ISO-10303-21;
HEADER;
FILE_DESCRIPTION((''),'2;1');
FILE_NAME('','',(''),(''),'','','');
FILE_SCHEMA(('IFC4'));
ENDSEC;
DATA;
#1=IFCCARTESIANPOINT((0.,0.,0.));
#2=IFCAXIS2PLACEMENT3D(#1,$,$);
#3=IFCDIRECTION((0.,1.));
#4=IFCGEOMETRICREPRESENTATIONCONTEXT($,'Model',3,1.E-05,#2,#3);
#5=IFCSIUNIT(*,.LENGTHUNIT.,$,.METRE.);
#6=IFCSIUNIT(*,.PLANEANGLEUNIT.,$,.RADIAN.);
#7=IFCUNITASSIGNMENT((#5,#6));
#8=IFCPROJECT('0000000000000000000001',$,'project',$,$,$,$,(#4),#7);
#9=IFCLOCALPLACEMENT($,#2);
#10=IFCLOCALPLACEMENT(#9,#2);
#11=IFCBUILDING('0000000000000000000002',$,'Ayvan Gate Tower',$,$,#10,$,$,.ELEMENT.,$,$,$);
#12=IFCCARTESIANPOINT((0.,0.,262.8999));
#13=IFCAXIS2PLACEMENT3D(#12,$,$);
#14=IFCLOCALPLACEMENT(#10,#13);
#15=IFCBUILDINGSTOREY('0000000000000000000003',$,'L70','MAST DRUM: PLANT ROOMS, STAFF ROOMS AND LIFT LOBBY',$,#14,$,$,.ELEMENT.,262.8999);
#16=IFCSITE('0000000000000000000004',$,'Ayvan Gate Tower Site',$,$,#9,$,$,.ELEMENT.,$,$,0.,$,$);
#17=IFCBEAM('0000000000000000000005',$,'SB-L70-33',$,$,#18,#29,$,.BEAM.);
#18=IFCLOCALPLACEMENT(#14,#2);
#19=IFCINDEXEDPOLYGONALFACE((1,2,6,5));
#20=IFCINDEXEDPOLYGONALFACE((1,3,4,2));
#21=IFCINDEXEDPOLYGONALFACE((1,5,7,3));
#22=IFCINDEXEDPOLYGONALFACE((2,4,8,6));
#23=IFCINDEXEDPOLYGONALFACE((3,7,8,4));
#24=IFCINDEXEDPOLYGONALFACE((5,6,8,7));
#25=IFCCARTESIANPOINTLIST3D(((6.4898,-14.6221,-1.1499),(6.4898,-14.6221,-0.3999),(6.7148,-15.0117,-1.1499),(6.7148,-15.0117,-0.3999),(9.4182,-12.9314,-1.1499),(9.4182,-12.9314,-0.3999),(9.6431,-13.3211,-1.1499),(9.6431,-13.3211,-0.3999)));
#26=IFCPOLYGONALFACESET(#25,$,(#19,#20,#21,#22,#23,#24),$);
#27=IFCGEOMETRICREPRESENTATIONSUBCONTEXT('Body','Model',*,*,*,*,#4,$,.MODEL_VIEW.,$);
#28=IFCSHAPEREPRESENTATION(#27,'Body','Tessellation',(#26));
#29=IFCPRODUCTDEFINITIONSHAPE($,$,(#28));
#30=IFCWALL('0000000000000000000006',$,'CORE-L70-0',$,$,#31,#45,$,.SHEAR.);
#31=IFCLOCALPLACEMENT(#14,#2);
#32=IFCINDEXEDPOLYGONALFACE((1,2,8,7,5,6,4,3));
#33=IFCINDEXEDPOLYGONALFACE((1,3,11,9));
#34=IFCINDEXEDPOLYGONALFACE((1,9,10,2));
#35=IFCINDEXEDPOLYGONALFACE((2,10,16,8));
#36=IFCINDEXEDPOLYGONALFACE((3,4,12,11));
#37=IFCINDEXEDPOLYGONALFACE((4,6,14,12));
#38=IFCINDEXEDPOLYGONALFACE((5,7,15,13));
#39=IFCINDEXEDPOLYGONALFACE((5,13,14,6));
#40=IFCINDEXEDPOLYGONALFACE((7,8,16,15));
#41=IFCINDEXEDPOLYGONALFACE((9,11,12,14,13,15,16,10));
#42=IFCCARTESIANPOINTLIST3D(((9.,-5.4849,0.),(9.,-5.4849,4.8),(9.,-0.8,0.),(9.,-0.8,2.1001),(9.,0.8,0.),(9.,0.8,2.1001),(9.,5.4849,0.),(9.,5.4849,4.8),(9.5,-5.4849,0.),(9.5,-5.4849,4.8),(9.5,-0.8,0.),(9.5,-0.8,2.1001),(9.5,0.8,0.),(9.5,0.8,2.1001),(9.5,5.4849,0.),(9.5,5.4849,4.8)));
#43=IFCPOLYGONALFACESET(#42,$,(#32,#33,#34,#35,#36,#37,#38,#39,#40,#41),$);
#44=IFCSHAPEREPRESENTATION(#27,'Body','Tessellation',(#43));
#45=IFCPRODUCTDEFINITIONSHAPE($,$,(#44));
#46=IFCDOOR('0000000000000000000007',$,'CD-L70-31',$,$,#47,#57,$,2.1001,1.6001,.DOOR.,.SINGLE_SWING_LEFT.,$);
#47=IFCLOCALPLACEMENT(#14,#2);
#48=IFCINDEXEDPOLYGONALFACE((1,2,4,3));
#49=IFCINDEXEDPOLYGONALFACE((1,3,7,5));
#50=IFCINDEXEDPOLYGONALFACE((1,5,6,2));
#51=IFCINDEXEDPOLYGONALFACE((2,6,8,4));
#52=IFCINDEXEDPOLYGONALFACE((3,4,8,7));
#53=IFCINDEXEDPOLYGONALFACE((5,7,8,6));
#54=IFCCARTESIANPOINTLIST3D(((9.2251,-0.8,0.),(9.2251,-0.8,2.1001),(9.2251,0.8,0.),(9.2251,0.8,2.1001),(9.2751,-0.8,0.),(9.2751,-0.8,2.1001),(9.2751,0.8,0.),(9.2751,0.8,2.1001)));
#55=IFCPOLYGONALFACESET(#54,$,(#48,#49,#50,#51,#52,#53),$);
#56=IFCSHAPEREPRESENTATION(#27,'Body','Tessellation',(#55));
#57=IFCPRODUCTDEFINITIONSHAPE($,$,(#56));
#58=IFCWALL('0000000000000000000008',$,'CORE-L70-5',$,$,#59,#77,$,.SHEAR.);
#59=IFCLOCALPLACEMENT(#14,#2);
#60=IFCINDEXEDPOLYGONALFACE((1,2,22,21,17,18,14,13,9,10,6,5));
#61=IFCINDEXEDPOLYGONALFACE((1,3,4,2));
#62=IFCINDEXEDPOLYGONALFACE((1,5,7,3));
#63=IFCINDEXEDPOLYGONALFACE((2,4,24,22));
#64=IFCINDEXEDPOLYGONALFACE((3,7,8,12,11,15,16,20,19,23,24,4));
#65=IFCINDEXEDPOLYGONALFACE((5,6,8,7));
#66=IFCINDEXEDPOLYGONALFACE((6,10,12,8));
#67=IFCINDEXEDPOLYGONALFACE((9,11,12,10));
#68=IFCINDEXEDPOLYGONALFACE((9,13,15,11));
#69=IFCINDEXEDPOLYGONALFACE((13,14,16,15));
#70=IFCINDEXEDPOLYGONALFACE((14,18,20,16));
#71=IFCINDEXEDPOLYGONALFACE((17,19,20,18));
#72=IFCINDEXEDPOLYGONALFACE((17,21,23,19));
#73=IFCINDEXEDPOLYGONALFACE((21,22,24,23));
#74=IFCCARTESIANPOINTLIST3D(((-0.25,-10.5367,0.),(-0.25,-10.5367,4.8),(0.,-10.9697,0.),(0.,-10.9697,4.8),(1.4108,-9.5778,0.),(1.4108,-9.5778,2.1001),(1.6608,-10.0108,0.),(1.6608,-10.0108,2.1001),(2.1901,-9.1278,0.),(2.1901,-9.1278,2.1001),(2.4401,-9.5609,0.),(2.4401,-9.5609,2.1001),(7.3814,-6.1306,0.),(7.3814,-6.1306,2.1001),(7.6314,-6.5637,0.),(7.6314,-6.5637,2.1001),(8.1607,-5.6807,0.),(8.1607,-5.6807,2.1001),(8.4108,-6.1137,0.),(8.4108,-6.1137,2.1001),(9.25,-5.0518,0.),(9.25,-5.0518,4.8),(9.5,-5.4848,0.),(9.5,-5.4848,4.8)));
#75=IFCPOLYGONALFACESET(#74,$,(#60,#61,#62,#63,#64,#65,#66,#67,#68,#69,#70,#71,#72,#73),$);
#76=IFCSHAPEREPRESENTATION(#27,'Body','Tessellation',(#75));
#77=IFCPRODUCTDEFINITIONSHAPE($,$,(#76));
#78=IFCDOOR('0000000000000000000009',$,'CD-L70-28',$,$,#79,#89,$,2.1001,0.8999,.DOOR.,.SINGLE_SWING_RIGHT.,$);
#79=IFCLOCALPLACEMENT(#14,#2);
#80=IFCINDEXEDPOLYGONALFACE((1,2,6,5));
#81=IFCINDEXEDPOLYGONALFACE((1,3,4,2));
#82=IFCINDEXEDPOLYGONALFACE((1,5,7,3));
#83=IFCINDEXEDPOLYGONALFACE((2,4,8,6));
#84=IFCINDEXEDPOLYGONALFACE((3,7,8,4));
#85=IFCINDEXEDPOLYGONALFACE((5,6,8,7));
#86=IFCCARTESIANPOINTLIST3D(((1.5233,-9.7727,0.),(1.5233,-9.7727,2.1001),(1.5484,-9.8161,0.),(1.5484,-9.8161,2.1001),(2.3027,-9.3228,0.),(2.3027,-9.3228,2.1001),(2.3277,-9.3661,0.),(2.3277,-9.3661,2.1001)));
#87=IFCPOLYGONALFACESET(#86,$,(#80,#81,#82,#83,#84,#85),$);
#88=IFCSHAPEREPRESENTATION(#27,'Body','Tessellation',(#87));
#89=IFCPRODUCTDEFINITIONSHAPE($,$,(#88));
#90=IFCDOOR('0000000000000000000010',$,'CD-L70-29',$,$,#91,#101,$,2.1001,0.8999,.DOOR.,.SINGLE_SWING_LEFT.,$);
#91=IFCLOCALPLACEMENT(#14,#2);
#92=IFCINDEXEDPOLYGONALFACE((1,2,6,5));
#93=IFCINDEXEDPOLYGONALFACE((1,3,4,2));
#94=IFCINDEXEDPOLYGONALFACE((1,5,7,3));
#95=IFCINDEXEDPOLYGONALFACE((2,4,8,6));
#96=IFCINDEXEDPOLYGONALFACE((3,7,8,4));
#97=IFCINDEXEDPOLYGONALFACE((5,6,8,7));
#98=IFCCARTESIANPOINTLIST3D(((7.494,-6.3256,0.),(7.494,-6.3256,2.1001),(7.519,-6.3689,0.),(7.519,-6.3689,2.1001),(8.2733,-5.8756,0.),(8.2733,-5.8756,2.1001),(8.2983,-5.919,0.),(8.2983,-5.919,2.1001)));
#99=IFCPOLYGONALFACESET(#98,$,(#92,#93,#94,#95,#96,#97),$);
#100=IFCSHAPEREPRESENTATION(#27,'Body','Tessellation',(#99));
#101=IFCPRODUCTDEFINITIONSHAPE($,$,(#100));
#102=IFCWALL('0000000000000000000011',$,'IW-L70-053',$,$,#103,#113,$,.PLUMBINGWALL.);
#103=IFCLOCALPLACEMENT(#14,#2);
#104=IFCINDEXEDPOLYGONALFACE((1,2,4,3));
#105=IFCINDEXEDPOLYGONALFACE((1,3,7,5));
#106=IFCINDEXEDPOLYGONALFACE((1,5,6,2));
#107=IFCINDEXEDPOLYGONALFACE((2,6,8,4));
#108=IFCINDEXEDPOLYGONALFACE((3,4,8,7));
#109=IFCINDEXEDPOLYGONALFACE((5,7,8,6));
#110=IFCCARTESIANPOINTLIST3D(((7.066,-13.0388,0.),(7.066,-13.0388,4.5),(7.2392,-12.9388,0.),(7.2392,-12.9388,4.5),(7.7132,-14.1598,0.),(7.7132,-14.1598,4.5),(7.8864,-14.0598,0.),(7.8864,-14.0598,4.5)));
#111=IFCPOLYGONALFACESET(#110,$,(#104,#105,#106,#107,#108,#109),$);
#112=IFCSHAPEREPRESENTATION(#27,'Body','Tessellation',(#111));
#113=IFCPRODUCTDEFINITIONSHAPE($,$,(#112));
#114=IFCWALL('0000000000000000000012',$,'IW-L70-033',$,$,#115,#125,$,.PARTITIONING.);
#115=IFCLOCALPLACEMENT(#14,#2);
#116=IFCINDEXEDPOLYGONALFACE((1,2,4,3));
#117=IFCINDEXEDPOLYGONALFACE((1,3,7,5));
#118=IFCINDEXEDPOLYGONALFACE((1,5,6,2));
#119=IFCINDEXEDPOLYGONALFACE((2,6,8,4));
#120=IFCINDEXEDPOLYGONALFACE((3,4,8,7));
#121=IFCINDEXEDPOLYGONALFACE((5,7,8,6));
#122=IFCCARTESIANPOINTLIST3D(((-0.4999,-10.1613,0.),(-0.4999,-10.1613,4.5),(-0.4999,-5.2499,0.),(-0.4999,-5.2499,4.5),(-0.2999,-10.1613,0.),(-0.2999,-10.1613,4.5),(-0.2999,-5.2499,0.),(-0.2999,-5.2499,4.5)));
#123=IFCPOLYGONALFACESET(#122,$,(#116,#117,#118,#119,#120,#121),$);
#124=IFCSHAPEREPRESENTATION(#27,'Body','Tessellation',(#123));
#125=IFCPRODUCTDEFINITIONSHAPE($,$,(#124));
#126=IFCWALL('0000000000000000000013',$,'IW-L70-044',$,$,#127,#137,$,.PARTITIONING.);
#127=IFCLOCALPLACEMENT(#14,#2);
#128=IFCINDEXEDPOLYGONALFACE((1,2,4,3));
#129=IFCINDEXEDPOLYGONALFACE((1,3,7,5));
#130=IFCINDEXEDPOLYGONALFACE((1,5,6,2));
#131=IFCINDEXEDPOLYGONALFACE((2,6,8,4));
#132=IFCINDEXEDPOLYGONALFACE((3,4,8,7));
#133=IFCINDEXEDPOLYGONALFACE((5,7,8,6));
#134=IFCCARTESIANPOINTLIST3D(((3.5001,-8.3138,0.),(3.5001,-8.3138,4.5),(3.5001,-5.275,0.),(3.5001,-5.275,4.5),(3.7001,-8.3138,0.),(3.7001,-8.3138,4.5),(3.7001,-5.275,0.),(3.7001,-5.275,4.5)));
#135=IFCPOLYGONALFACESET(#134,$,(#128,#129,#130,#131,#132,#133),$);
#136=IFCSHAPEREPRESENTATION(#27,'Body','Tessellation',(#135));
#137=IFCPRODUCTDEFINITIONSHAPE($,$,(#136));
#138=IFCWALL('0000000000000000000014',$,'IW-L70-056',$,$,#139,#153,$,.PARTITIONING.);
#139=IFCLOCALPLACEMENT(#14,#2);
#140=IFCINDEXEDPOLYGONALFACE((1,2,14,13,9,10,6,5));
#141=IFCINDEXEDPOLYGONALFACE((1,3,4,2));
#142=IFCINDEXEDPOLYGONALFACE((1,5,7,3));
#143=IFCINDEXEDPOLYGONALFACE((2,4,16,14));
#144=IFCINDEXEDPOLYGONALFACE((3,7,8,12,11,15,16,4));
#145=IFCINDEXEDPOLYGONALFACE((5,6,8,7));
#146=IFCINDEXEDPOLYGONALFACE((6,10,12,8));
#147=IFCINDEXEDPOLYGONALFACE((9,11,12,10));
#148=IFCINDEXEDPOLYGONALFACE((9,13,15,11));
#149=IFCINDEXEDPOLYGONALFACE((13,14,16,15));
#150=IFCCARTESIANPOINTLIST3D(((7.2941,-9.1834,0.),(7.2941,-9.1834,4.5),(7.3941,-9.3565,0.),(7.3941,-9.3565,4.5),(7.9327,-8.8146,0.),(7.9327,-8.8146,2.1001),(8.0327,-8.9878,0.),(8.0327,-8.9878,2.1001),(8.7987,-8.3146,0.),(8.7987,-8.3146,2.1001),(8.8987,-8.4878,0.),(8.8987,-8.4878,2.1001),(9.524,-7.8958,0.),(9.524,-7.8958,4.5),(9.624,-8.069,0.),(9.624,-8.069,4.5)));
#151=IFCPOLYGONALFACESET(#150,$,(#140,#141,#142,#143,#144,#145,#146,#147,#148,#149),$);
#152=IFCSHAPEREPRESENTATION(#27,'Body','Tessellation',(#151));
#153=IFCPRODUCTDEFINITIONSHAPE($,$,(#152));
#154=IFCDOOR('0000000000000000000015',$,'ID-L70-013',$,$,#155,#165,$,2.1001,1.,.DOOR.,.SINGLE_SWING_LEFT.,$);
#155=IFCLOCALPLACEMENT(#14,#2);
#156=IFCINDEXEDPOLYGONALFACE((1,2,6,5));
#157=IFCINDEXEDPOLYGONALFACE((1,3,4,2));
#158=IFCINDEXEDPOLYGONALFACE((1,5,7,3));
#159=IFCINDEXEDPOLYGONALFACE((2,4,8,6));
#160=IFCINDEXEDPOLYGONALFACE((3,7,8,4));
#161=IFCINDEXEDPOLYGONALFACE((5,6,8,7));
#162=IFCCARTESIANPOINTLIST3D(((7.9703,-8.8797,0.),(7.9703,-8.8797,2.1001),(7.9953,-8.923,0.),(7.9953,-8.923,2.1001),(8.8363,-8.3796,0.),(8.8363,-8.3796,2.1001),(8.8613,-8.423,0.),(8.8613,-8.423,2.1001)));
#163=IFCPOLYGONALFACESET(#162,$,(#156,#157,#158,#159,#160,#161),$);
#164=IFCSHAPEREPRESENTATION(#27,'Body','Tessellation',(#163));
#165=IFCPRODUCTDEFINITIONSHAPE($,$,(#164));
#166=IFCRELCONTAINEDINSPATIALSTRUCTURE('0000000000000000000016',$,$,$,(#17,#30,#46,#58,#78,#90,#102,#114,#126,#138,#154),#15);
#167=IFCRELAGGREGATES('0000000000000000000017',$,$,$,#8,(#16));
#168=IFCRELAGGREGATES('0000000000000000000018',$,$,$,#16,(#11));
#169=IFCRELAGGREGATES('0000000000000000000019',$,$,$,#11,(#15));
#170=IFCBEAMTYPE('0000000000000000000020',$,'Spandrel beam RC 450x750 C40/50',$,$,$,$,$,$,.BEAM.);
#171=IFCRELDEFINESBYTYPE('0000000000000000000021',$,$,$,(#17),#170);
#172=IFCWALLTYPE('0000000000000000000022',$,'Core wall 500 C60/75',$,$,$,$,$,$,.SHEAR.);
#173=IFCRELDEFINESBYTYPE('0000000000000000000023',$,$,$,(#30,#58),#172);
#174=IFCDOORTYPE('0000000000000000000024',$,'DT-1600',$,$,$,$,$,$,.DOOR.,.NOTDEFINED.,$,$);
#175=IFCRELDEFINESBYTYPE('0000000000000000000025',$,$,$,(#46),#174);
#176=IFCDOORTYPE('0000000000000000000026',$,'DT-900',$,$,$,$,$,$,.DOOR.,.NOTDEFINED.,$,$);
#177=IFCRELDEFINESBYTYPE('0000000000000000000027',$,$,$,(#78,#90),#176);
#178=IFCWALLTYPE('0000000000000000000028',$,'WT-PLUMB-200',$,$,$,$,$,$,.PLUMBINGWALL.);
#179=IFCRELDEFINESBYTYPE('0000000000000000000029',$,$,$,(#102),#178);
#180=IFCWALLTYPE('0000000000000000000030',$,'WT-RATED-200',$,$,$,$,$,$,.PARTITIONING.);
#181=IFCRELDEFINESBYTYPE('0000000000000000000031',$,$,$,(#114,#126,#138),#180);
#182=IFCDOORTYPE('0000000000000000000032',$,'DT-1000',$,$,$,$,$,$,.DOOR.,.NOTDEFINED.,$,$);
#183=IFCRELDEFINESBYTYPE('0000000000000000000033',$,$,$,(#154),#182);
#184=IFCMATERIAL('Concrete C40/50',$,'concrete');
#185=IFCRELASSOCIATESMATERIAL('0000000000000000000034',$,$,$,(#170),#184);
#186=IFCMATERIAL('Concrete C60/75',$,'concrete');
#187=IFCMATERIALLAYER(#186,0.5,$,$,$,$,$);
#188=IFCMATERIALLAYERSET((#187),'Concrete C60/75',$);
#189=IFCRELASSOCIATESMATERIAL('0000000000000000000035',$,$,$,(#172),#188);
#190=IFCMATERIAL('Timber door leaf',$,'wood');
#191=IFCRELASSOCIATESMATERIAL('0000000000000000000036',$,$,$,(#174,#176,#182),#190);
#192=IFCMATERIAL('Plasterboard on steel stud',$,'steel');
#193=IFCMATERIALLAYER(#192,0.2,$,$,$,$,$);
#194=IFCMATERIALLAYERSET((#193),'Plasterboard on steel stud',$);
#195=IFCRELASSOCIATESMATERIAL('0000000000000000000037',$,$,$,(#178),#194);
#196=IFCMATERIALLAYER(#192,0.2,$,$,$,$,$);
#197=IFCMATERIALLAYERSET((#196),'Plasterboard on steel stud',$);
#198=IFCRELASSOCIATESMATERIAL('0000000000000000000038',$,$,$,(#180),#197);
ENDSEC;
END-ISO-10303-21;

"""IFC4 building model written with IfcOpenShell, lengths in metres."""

from ifc_helpers import new_model, si_unit, direction, frame, frame_2d, origin, origin_2d, place, context, subcontext, project, spatial, rectangle, extrude, material, layer, layer_set, material_profile, profile_set, type_object, element, fill, save


model = new_model("IFC4")

# Units and contexts
model_context = context("Model", 3, precision=1e-05, world=origin(), true_north=direction((0.0, 1.0)))
body_context = subcontext(model_context, "Body", "Model", "MODEL_VIEW")
ifc_project = project(units=[si_unit("LENGTHUNIT", "METRE"), si_unit("PLANEANGLEUNIT", "RADIAN")], contexts=[model_context])

# Site, building, storey
site_placement = place(None, origin())
site = spatial("IfcSite", under=ifc_project, at=site_placement, Name="Ayvan Gate Tower Site", CompositionType="ELEMENT", RefElevation=0.0)
building_placement = place(site_placement, origin())
building = spatial("IfcBuilding", under=site, at=building_placement, Name="Ayvan Gate Tower", CompositionType="ELEMENT")
storey_placement = place(building_placement, frame((0.0, 0.0, 262.8999)))
storey = spatial("IfcBuildingStorey", under=building, at=storey_placement, Name="L70", Description="MAST DRUM: PLANT ROOMS, STAFF ROOMS AND LIFT LOBBY", CompositionType="ELEMENT", Elevation=262.8999)

# Beam
ifc_material_1 = material(Name="Concrete C40/50", Category="concrete")
ifc_material_profile = material_profile(ifc_material_1, rectangle(XDim=0.45, YDim=0.75, at=origin_2d()), Name="RC 450x750")
ifc_profile_set = profile_set([ifc_material_profile], Name="Concrete C40/50")
beam_type = type_object("IfcBeamType", Name="Spandrel beam RC 450x750 C40/50", PredefinedType="BEAM", material=ifc_profile_set)
beam_placement = place(storey_placement, frame((6.6023, -14.8169, -0.7749), z_axis=(0.866035, 0.499983, 0.0), x_axis=(-0.499983, 0.866035, 0.0)))
element("IfcBeam", 1, at=beam_placement, inside=storey, type_object=beam_type, Name="SB-L70-33", PredefinedType="BEAM", context=body_context, shape_type="SweptSolid", body=[
    extrude(rectangle(XDim=0.45, YDim=0.75, at=origin_2d()), origin(), (0.0, 0.0, 1.0), 3.3813),
])

# Wall, opening, door
ifc_material_2 = material(Name="Concrete C60/75", Category="concrete")
ifc_layer_1 = layer(ifc_material_2, 0.5)
ifc_layer_set_1 = layer_set([ifc_layer_1], Name="Concrete C60/75")
wall_type_1 = type_object("IfcWallType", Name="Core wall 500 C60/75", PredefinedType="SHEAR", material=ifc_layer_set_1)
wall_1_placement = place(storey_placement, frame((9.25, -5.4849, 0.0), z_axis=(0.0, 0.0, 1.0), x_axis=(0.0, 1.0, 0.0)))
wall_1 = element("IfcWall", 2, at=wall_1_placement, inside=storey, type_object=wall_type_1, Name="CORE-L70-0", PredefinedType="SHEAR", context=body_context, shape_type="SweptSolid", body=[
    extrude(rectangle(XDim=10.9697, YDim=0.5, at=frame_2d((5.4849, 0.0))), origin(), (0.0, 0.0, 1.0), 4.8),
])
opening_1_placement = place(wall_1_placement, frame((4.6848, 0.0, 0.0)))
opening_1 = element("IfcOpeningElement", 3, at=opening_1_placement, cuts=wall_1, PredefinedType="OPENING", context=body_context, shape_type="SweptSolid", body=[
    extrude(rectangle(XDim=1.6001, YDim=2.1001, at=frame_2d((0.8, 1.05))), frame((0.0, 0.26, 0.0), z_axis=(0.0, -1.0, 0.0), x_axis=(1.0, 0.0, 0.0)), (0.0, 0.0, 1.0), 0.52),
])
ifc_material_3 = material(Name="Timber door leaf", Category="wood")
door_type_1 = type_object("IfcDoorType", Name="DT-1600", OperationType="NOTDEFINED", PredefinedType="DOOR", material=ifc_material_3)
door_1_placement = place(opening_1_placement, origin())
door_1 = element("IfcDoor", 4, at=door_1_placement, inside=storey, type_object=door_type_1, Name="CD-L70-31", OperationType="SINGLE_SWING_LEFT", OverallHeight=2.1001, OverallWidth=1.6001, PredefinedType="DOOR", context=body_context, shape_type="SweptSolid", body=[
    extrude(rectangle(XDim=1.6001, YDim=2.1001, at=frame_2d((0.8, 1.05))), frame((0.0, 0.0249, 0.0), z_axis=(0.0, -1.0, 0.0), x_axis=(1.0, 0.0, 0.0)), (0.0, 0.0, 1.0), 0.05),
])
fill(opening_1, door_1)

# Wall, openings, doors
wall_2_placement = place(storey_placement, frame((-0.125, -10.7532, 0.0), z_axis=(0.0, 0.0, 1.0), x_axis=(0.866024, 0.500002, 0.0)))
wall_2 = element("IfcWall", 5, at=wall_2_placement, inside=storey, type_object=wall_type_1, Name="CORE-L70-5", PredefinedType="SHEAR", context=body_context, shape_type="SweptSolid", body=[
    extrude(rectangle(XDim=10.9697, YDim=0.5, at=frame_2d((5.4849, 0.0))), origin(), (0.0, 0.0, 1.0), 4.8),
])
opening_2_placement = place(wall_2_placement, frame((1.9177, 0.0, 0.0)))
opening_2 = element("IfcOpeningElement", 6, at=opening_2_placement, cuts=wall_2, PredefinedType="OPENING", context=body_context, shape_type="SweptSolid", body=[
    extrude(rectangle(XDim=0.8999, YDim=2.1001, at=frame_2d((0.45, 1.05))), frame((0.0, 0.26, 0.0), z_axis=(0.0, -1.0, 0.0), x_axis=(1.0, 0.0, 0.0)), (0.0, 0.0, 1.0), 0.52),
])
opening_3_placement = place(wall_2_placement, frame((8.812, 0.0, 0.0)))
opening_3 = element("IfcOpeningElement", 7, at=opening_3_placement, cuts=wall_2, PredefinedType="OPENING", context=body_context, shape_type="SweptSolid", body=[
    extrude(rectangle(XDim=0.8999, YDim=2.1001, at=frame_2d((0.45, 1.05))), frame((0.0, 0.26, 0.0), z_axis=(0.0, -1.0, 0.0), x_axis=(1.0, 0.0, 0.0)), (0.0, 0.0, 1.0), 0.52),
])
door_type_2 = type_object("IfcDoorType", Name="DT-900", OperationType="NOTDEFINED", PredefinedType="DOOR", material=ifc_material_3)
door_2_placement = place(opening_2_placement, origin())
door_2 = element("IfcDoor", 8, at=door_2_placement, inside=storey, type_object=door_type_2, Name="CD-L70-28", OperationType="SINGLE_SWING_RIGHT", OverallHeight=2.1001, OverallWidth=0.8999, PredefinedType="DOOR", context=body_context, shape_type="SweptSolid", body=[
    extrude(rectangle(XDim=0.8999, YDim=2.1001, at=frame_2d((0.45, 1.05))), frame((0.0, 0.0249, 0.0), z_axis=(0.0, -1.0, 0.0), x_axis=(1.0, 0.0, 0.0)), (0.0, 0.0, 1.0), 0.05),
])
fill(opening_2, door_2)
door_3_placement = place(opening_3_placement, origin())
door_3 = element("IfcDoor", 9, at=door_3_placement, inside=storey, type_object=door_type_2, Name="CD-L70-29", OperationType="SINGLE_SWING_LEFT", OverallHeight=2.1001, OverallWidth=0.8999, PredefinedType="DOOR", context=body_context, shape_type="SweptSolid", body=[
    extrude(rectangle(XDim=0.8999, YDim=2.1001, at=frame_2d((0.45, 1.05))), frame((0.0, 0.0249, 0.0), z_axis=(0.0, -1.0, 0.0), x_axis=(1.0, 0.0, 0.0)), (0.0, 0.0, 1.0), 0.05),
])
fill(opening_3, door_3)

# Walls
ifc_material_4 = material(Name="Plasterboard on steel stud", Category="steel")
ifc_layer_2 = layer(ifc_material_4, 0.2)
ifc_layer_set_2 = layer_set([ifc_layer_2], Name="Plasterboard on steel stud")
wall_type_2 = type_object("IfcWallType", Name="WT-PLUMB-200", PredefinedType="PLUMBINGWALL", material=ifc_layer_set_2)
wall_3_placement = place(storey_placement, frame((7.1526, -12.9888, 0.0), z_axis=(0.0, 0.0, 1.0), x_axis=(0.499973, -0.866041, 0.0)))
element("IfcWall", 10, at=wall_3_placement, inside=storey, type_object=wall_type_2, Name="IW-L70-053", PredefinedType="PLUMBINGWALL", context=body_context, shape_type="SweptSolid", body=[
    extrude(rectangle(XDim=1.2944, YDim=0.2, at=frame_2d((0.6472, 0.0))), origin(), (0.0, 0.0, 1.0), 4.5),
])
ifc_layer_3 = layer(ifc_material_4, 0.2)
ifc_layer_set_3 = layer_set([ifc_layer_3], Name="Plasterboard on steel stud")
wall_type_3 = type_object("IfcWallType", Name="WT-RATED-200", PredefinedType="PARTITIONING", material=ifc_layer_set_3)
wall_4_placement = place(storey_placement, frame((-0.3999, -5.25, 0.0), z_axis=(0.0, 0.0, 1.0), x_axis=(0.0, -1.0, 0.0)))
element("IfcWall", 11, at=wall_4_placement, inside=storey, type_object=wall_type_3, Name="IW-L70-033", PredefinedType="PARTITIONING", context=body_context, shape_type="SweptSolid", body=[
    extrude(rectangle(XDim=4.9114, YDim=0.2, at=frame_2d((2.4556, 0.0))), origin(), (0.0, 0.0, 1.0), 4.5),
])
wall_5_placement = place(storey_placement, frame((3.6001, -5.2749, 0.0), z_axis=(0.0, 0.0, 1.0), x_axis=(0.0, -1.0, 0.0)))
element("IfcWall", 12, at=wall_5_placement, inside=storey, type_object=wall_type_3, Name="IW-L70-044", PredefinedType="PARTITIONING", context=body_context, shape_type="SweptSolid", body=[
    extrude(rectangle(XDim=3.0388, YDim=0.2, at=frame_2d((1.5195, 0.0))), origin(), (0.0, 0.0, 1.0), 4.5),
])

# Wall, opening, door
wall_6_placement = place(storey_placement, frame((7.344, -9.27, 0.0), z_axis=(0.0, 0.0, 1.0), x_axis=(0.866006, 0.500034, 0.0)))
wall_6 = element("IfcWall", 13, at=wall_6_placement, inside=storey, type_object=wall_type_3, Name="IW-L70-056", PredefinedType="PARTITIONING", context=body_context, shape_type="SweptSolid", body=[
    extrude(rectangle(XDim=2.575, YDim=0.2, at=frame_2d((1.2876, 0.0))), origin(), (0.0, 0.0, 1.0), 4.5),
])
opening_4_placement = place(wall_6_placement, frame((0.7375, 0.0, 0.0)))
opening_4 = element("IfcOpeningElement", 14, at=opening_4_placement, cuts=wall_6, PredefinedType="OPENING", context=body_context, shape_type="SweptSolid", body=[
    extrude(rectangle(XDim=1.0, YDim=2.1001, at=frame_2d((0.5, 1.05))), frame((0.0, 0.1099, 0.0), z_axis=(0.0, -1.0, 0.0), x_axis=(1.0, 0.0, 0.0)), (0.0, 0.0, 1.0), 0.22),
])
door_type_3 = type_object("IfcDoorType", Name="DT-1000", OperationType="NOTDEFINED", PredefinedType="DOOR", material=ifc_material_3)
door_4_placement = place(opening_4_placement, origin())
door_4 = element("IfcDoor", 15, at=door_4_placement, inside=storey, type_object=door_type_3, Name="ID-L70-013", OperationType="SINGLE_SWING_LEFT", OverallHeight=2.1001, OverallWidth=1.0, PredefinedType="DOOR", context=body_context, shape_type="SweptSolid", body=[
    extrude(rectangle(XDim=1.0, YDim=2.1001, at=frame_2d((0.5, 1.05))), frame((0.0, 0.0249, 0.0), z_axis=(0.0, -1.0, 0.0), x_axis=(1.0, 0.0, 0.0)), (0.0, 0.0, 1.0), 0.05),
])
fill(opening_4, door_4)

save(model, "model.ifc")
